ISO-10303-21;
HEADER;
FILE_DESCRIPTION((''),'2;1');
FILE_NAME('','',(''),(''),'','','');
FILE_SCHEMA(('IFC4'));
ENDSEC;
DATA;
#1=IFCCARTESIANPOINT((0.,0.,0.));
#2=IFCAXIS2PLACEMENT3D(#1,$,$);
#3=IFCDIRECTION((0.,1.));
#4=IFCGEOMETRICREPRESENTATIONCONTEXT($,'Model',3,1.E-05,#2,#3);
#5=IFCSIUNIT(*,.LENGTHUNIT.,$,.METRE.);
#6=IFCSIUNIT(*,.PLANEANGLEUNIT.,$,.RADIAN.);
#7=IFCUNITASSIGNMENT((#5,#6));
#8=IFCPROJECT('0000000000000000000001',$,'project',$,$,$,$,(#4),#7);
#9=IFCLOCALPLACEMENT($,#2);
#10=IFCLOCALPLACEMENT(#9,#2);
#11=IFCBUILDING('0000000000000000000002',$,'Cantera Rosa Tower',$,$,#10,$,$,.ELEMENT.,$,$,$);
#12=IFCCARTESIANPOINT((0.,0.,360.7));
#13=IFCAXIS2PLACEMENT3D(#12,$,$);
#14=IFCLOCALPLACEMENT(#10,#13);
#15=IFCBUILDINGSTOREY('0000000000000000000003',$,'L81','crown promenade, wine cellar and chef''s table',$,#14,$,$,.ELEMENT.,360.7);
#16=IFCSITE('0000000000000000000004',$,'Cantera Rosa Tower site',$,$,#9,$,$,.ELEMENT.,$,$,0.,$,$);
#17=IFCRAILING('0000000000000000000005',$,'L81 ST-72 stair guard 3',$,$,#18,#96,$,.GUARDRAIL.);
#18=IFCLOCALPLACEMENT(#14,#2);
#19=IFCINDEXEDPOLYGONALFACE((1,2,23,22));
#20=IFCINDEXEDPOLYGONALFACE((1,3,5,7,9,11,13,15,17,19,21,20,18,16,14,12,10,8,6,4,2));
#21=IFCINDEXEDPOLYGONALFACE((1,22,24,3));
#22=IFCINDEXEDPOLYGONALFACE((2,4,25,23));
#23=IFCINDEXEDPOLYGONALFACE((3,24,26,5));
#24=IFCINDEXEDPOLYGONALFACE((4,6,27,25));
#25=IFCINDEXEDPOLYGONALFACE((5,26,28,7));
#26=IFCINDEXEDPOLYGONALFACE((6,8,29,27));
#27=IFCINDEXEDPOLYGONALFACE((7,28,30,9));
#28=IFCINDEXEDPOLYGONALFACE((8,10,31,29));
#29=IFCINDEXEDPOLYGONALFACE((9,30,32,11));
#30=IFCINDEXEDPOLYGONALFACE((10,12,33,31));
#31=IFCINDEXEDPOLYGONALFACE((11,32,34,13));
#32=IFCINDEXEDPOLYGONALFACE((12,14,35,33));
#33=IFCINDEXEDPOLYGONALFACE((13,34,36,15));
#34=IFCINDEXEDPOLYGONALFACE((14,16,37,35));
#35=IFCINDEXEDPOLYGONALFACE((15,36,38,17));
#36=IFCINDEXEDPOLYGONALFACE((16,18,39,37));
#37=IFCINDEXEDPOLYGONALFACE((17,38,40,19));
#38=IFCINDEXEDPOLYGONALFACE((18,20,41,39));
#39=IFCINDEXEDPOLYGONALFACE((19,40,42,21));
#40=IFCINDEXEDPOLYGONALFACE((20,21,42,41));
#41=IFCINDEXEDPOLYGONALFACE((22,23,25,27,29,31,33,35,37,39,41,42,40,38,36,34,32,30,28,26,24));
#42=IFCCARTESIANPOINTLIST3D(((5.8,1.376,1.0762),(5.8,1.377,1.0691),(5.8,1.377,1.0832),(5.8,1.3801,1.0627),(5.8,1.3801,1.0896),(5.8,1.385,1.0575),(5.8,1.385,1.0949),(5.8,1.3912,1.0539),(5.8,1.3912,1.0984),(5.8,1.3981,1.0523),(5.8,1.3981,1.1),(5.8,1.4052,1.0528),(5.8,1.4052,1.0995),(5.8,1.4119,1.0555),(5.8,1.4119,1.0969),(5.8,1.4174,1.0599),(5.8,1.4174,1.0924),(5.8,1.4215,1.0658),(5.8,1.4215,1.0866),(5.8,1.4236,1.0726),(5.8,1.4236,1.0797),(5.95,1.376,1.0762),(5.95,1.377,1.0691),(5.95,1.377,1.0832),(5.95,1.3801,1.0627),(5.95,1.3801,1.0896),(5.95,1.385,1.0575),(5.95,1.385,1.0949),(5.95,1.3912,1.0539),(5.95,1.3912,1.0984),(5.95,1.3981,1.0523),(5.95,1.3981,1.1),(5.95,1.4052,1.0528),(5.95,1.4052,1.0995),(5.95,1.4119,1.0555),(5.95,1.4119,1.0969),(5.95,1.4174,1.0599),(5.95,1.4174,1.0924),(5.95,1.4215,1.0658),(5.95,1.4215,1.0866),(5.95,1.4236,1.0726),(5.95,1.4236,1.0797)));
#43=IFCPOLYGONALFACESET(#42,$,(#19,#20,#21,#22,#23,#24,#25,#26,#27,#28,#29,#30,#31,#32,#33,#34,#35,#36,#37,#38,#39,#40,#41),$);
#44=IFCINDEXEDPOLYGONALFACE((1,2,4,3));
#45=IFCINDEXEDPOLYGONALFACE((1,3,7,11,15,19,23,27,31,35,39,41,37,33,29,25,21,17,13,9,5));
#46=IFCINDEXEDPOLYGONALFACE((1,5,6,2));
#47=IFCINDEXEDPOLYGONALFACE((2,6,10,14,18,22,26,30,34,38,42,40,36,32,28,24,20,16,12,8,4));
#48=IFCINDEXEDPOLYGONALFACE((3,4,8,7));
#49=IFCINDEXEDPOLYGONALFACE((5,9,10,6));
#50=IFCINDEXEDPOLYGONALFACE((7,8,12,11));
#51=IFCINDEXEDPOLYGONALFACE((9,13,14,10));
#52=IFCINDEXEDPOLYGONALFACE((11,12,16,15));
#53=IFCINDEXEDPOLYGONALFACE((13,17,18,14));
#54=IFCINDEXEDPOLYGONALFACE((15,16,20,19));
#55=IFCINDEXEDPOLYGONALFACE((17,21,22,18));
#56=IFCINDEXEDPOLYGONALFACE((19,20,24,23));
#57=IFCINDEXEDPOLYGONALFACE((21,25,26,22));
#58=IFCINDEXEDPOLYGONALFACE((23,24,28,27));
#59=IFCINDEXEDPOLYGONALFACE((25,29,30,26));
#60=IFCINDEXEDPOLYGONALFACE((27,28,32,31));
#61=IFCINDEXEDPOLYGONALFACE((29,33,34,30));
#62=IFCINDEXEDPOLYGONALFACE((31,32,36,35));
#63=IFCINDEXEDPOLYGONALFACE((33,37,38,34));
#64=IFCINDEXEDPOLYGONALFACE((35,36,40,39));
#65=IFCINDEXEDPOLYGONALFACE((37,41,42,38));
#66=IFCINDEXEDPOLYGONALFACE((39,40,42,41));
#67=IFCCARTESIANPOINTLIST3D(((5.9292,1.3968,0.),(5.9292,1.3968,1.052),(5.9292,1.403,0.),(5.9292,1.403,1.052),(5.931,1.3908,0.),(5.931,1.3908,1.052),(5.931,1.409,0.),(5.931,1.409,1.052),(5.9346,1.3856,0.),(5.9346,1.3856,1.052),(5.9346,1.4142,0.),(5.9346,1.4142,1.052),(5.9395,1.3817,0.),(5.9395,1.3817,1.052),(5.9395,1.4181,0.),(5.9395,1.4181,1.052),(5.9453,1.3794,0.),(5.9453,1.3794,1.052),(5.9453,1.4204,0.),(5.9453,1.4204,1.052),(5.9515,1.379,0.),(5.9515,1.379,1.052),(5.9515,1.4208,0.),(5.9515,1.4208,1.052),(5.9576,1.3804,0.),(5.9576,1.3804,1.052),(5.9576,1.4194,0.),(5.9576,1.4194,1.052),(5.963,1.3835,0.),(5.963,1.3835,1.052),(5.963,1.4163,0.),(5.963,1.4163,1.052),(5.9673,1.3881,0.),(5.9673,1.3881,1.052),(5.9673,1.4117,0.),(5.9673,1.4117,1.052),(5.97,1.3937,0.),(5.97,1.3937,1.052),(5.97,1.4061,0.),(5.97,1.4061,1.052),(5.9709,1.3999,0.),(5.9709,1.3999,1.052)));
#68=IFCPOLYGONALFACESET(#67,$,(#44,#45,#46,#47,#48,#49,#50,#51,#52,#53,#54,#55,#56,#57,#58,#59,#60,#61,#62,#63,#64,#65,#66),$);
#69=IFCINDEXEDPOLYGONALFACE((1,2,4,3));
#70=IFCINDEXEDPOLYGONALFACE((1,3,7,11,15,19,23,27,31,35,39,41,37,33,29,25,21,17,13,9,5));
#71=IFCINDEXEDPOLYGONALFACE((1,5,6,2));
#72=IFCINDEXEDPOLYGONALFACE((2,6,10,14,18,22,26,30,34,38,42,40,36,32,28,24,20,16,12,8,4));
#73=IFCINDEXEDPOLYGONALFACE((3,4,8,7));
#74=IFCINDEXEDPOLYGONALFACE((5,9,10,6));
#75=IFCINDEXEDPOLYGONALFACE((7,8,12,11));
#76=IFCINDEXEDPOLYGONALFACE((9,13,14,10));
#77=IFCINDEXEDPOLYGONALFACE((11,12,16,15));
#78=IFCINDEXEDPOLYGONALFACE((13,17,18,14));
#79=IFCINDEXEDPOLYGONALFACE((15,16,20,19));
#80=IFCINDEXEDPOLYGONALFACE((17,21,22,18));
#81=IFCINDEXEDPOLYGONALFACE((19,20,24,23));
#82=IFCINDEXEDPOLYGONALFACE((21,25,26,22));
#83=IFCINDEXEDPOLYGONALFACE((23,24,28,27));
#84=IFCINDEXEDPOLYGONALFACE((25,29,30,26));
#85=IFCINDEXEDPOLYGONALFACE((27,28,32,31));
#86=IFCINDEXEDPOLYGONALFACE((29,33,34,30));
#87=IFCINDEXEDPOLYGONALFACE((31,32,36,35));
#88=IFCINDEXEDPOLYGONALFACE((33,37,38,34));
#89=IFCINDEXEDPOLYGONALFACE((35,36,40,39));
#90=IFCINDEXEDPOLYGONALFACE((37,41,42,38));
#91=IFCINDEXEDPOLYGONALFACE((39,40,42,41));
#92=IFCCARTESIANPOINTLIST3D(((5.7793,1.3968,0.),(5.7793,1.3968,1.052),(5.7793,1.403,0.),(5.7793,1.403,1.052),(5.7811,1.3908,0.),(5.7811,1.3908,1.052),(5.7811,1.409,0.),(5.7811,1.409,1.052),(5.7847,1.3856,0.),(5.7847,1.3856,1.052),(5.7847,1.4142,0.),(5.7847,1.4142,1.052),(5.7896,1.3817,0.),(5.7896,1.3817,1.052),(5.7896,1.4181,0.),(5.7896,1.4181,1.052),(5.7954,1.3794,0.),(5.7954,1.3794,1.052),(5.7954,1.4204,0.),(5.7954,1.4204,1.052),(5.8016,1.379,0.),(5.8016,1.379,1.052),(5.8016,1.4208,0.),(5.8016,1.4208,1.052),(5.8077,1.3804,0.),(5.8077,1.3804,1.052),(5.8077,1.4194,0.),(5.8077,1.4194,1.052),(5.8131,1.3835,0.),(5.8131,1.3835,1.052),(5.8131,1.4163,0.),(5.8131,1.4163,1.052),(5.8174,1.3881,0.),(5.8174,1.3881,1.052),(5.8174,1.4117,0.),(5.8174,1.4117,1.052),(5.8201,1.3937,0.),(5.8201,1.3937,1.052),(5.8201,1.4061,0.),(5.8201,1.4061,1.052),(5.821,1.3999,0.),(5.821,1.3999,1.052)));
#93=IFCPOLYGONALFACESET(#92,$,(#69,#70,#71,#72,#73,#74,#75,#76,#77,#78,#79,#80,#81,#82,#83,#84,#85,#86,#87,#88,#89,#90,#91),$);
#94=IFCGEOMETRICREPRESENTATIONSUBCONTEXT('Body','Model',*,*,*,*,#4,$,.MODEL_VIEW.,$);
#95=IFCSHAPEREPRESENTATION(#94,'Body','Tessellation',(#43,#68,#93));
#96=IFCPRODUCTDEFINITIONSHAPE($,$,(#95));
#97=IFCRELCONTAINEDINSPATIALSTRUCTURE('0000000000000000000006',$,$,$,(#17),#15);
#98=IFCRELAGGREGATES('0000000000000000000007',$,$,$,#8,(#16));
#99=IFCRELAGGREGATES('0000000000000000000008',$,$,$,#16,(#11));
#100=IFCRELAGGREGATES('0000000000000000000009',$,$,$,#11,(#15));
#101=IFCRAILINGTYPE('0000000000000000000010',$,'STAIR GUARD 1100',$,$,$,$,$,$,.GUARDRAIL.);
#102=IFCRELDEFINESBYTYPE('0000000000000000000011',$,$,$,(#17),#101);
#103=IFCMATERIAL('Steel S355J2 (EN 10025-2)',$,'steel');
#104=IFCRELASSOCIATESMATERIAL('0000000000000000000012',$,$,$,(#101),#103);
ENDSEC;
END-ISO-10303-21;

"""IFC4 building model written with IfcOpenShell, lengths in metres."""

from ifc_helpers import new_model, si_unit, direction, frame, origin, origin_2d, place, context, subcontext, project, spatial, circle, extrude, material, type_object, element, save


model = new_model("IFC4")

# Units and contexts
model_context = context("Model", 3, precision=1e-05, world=origin(), true_north=direction((0.0, 1.0)))
body_context = subcontext(model_context, "Body", "Model", "MODEL_VIEW")
ifc_project = project(units=[si_unit("LENGTHUNIT", "METRE"), si_unit("PLANEANGLEUNIT", "RADIAN")], contexts=[model_context])

# Site, building, storey
site_placement = place(None, origin())
site = spatial("IfcSite", under=ifc_project, at=site_placement, Name="Cantera Rosa Tower site", CompositionType="ELEMENT", RefElevation=0.0)
building_placement = place(site_placement, origin())
building = spatial("IfcBuilding", under=site, at=building_placement, Name="Cantera Rosa Tower", CompositionType="ELEMENT")
storey_placement = place(building_placement, frame((0.0, 0.0, 360.7)))
storey = spatial("IfcBuildingStorey", under=building, at=storey_placement, Name="L81", Description="crown promenade, wine cellar and chef's table", CompositionType="ELEMENT", Elevation=360.7)

# Railing
ifc_material_1 = material(Name="Steel S355J2 (EN 10025-2)", Category="steel")
railing_type_1 = type_object("IfcRailingType", Name="STAIR GUARD 1100", PredefinedType="GUARDRAIL", material=ifc_material_1)
railing_1_placement = place(storey_placement, frame((5.95, 1.3999, 0.0)))
element("IfcRailing", 1, at=railing_1_placement, inside=storey, type_object=railing_type_1, Name="L81 ST-72 stair guard 3", PredefinedType="GUARDRAIL", context=body_context, shape_type="SweptSolid", body=[
    extrude(circle(Radius=0.0239, at=origin_2d()), frame((0.0, 0.0, 1.0762), z_axis=(-1.0, 0.0, 0.0), x_axis=(0.0, -1.0, 0.0)), (0.0, 0.0, 1.0), 0.1499),
    extrude(circle(Radius=0.021, at=origin_2d()), origin(), (0.0, 0.0, 1.0), 1.052),
    extrude(circle(Radius=0.021, at=origin_2d()), frame((-0.1499, 0.0, 0.0)), (0.0, 0.0, 1.0), 1.052),
])

save(model, "model.ifc")
